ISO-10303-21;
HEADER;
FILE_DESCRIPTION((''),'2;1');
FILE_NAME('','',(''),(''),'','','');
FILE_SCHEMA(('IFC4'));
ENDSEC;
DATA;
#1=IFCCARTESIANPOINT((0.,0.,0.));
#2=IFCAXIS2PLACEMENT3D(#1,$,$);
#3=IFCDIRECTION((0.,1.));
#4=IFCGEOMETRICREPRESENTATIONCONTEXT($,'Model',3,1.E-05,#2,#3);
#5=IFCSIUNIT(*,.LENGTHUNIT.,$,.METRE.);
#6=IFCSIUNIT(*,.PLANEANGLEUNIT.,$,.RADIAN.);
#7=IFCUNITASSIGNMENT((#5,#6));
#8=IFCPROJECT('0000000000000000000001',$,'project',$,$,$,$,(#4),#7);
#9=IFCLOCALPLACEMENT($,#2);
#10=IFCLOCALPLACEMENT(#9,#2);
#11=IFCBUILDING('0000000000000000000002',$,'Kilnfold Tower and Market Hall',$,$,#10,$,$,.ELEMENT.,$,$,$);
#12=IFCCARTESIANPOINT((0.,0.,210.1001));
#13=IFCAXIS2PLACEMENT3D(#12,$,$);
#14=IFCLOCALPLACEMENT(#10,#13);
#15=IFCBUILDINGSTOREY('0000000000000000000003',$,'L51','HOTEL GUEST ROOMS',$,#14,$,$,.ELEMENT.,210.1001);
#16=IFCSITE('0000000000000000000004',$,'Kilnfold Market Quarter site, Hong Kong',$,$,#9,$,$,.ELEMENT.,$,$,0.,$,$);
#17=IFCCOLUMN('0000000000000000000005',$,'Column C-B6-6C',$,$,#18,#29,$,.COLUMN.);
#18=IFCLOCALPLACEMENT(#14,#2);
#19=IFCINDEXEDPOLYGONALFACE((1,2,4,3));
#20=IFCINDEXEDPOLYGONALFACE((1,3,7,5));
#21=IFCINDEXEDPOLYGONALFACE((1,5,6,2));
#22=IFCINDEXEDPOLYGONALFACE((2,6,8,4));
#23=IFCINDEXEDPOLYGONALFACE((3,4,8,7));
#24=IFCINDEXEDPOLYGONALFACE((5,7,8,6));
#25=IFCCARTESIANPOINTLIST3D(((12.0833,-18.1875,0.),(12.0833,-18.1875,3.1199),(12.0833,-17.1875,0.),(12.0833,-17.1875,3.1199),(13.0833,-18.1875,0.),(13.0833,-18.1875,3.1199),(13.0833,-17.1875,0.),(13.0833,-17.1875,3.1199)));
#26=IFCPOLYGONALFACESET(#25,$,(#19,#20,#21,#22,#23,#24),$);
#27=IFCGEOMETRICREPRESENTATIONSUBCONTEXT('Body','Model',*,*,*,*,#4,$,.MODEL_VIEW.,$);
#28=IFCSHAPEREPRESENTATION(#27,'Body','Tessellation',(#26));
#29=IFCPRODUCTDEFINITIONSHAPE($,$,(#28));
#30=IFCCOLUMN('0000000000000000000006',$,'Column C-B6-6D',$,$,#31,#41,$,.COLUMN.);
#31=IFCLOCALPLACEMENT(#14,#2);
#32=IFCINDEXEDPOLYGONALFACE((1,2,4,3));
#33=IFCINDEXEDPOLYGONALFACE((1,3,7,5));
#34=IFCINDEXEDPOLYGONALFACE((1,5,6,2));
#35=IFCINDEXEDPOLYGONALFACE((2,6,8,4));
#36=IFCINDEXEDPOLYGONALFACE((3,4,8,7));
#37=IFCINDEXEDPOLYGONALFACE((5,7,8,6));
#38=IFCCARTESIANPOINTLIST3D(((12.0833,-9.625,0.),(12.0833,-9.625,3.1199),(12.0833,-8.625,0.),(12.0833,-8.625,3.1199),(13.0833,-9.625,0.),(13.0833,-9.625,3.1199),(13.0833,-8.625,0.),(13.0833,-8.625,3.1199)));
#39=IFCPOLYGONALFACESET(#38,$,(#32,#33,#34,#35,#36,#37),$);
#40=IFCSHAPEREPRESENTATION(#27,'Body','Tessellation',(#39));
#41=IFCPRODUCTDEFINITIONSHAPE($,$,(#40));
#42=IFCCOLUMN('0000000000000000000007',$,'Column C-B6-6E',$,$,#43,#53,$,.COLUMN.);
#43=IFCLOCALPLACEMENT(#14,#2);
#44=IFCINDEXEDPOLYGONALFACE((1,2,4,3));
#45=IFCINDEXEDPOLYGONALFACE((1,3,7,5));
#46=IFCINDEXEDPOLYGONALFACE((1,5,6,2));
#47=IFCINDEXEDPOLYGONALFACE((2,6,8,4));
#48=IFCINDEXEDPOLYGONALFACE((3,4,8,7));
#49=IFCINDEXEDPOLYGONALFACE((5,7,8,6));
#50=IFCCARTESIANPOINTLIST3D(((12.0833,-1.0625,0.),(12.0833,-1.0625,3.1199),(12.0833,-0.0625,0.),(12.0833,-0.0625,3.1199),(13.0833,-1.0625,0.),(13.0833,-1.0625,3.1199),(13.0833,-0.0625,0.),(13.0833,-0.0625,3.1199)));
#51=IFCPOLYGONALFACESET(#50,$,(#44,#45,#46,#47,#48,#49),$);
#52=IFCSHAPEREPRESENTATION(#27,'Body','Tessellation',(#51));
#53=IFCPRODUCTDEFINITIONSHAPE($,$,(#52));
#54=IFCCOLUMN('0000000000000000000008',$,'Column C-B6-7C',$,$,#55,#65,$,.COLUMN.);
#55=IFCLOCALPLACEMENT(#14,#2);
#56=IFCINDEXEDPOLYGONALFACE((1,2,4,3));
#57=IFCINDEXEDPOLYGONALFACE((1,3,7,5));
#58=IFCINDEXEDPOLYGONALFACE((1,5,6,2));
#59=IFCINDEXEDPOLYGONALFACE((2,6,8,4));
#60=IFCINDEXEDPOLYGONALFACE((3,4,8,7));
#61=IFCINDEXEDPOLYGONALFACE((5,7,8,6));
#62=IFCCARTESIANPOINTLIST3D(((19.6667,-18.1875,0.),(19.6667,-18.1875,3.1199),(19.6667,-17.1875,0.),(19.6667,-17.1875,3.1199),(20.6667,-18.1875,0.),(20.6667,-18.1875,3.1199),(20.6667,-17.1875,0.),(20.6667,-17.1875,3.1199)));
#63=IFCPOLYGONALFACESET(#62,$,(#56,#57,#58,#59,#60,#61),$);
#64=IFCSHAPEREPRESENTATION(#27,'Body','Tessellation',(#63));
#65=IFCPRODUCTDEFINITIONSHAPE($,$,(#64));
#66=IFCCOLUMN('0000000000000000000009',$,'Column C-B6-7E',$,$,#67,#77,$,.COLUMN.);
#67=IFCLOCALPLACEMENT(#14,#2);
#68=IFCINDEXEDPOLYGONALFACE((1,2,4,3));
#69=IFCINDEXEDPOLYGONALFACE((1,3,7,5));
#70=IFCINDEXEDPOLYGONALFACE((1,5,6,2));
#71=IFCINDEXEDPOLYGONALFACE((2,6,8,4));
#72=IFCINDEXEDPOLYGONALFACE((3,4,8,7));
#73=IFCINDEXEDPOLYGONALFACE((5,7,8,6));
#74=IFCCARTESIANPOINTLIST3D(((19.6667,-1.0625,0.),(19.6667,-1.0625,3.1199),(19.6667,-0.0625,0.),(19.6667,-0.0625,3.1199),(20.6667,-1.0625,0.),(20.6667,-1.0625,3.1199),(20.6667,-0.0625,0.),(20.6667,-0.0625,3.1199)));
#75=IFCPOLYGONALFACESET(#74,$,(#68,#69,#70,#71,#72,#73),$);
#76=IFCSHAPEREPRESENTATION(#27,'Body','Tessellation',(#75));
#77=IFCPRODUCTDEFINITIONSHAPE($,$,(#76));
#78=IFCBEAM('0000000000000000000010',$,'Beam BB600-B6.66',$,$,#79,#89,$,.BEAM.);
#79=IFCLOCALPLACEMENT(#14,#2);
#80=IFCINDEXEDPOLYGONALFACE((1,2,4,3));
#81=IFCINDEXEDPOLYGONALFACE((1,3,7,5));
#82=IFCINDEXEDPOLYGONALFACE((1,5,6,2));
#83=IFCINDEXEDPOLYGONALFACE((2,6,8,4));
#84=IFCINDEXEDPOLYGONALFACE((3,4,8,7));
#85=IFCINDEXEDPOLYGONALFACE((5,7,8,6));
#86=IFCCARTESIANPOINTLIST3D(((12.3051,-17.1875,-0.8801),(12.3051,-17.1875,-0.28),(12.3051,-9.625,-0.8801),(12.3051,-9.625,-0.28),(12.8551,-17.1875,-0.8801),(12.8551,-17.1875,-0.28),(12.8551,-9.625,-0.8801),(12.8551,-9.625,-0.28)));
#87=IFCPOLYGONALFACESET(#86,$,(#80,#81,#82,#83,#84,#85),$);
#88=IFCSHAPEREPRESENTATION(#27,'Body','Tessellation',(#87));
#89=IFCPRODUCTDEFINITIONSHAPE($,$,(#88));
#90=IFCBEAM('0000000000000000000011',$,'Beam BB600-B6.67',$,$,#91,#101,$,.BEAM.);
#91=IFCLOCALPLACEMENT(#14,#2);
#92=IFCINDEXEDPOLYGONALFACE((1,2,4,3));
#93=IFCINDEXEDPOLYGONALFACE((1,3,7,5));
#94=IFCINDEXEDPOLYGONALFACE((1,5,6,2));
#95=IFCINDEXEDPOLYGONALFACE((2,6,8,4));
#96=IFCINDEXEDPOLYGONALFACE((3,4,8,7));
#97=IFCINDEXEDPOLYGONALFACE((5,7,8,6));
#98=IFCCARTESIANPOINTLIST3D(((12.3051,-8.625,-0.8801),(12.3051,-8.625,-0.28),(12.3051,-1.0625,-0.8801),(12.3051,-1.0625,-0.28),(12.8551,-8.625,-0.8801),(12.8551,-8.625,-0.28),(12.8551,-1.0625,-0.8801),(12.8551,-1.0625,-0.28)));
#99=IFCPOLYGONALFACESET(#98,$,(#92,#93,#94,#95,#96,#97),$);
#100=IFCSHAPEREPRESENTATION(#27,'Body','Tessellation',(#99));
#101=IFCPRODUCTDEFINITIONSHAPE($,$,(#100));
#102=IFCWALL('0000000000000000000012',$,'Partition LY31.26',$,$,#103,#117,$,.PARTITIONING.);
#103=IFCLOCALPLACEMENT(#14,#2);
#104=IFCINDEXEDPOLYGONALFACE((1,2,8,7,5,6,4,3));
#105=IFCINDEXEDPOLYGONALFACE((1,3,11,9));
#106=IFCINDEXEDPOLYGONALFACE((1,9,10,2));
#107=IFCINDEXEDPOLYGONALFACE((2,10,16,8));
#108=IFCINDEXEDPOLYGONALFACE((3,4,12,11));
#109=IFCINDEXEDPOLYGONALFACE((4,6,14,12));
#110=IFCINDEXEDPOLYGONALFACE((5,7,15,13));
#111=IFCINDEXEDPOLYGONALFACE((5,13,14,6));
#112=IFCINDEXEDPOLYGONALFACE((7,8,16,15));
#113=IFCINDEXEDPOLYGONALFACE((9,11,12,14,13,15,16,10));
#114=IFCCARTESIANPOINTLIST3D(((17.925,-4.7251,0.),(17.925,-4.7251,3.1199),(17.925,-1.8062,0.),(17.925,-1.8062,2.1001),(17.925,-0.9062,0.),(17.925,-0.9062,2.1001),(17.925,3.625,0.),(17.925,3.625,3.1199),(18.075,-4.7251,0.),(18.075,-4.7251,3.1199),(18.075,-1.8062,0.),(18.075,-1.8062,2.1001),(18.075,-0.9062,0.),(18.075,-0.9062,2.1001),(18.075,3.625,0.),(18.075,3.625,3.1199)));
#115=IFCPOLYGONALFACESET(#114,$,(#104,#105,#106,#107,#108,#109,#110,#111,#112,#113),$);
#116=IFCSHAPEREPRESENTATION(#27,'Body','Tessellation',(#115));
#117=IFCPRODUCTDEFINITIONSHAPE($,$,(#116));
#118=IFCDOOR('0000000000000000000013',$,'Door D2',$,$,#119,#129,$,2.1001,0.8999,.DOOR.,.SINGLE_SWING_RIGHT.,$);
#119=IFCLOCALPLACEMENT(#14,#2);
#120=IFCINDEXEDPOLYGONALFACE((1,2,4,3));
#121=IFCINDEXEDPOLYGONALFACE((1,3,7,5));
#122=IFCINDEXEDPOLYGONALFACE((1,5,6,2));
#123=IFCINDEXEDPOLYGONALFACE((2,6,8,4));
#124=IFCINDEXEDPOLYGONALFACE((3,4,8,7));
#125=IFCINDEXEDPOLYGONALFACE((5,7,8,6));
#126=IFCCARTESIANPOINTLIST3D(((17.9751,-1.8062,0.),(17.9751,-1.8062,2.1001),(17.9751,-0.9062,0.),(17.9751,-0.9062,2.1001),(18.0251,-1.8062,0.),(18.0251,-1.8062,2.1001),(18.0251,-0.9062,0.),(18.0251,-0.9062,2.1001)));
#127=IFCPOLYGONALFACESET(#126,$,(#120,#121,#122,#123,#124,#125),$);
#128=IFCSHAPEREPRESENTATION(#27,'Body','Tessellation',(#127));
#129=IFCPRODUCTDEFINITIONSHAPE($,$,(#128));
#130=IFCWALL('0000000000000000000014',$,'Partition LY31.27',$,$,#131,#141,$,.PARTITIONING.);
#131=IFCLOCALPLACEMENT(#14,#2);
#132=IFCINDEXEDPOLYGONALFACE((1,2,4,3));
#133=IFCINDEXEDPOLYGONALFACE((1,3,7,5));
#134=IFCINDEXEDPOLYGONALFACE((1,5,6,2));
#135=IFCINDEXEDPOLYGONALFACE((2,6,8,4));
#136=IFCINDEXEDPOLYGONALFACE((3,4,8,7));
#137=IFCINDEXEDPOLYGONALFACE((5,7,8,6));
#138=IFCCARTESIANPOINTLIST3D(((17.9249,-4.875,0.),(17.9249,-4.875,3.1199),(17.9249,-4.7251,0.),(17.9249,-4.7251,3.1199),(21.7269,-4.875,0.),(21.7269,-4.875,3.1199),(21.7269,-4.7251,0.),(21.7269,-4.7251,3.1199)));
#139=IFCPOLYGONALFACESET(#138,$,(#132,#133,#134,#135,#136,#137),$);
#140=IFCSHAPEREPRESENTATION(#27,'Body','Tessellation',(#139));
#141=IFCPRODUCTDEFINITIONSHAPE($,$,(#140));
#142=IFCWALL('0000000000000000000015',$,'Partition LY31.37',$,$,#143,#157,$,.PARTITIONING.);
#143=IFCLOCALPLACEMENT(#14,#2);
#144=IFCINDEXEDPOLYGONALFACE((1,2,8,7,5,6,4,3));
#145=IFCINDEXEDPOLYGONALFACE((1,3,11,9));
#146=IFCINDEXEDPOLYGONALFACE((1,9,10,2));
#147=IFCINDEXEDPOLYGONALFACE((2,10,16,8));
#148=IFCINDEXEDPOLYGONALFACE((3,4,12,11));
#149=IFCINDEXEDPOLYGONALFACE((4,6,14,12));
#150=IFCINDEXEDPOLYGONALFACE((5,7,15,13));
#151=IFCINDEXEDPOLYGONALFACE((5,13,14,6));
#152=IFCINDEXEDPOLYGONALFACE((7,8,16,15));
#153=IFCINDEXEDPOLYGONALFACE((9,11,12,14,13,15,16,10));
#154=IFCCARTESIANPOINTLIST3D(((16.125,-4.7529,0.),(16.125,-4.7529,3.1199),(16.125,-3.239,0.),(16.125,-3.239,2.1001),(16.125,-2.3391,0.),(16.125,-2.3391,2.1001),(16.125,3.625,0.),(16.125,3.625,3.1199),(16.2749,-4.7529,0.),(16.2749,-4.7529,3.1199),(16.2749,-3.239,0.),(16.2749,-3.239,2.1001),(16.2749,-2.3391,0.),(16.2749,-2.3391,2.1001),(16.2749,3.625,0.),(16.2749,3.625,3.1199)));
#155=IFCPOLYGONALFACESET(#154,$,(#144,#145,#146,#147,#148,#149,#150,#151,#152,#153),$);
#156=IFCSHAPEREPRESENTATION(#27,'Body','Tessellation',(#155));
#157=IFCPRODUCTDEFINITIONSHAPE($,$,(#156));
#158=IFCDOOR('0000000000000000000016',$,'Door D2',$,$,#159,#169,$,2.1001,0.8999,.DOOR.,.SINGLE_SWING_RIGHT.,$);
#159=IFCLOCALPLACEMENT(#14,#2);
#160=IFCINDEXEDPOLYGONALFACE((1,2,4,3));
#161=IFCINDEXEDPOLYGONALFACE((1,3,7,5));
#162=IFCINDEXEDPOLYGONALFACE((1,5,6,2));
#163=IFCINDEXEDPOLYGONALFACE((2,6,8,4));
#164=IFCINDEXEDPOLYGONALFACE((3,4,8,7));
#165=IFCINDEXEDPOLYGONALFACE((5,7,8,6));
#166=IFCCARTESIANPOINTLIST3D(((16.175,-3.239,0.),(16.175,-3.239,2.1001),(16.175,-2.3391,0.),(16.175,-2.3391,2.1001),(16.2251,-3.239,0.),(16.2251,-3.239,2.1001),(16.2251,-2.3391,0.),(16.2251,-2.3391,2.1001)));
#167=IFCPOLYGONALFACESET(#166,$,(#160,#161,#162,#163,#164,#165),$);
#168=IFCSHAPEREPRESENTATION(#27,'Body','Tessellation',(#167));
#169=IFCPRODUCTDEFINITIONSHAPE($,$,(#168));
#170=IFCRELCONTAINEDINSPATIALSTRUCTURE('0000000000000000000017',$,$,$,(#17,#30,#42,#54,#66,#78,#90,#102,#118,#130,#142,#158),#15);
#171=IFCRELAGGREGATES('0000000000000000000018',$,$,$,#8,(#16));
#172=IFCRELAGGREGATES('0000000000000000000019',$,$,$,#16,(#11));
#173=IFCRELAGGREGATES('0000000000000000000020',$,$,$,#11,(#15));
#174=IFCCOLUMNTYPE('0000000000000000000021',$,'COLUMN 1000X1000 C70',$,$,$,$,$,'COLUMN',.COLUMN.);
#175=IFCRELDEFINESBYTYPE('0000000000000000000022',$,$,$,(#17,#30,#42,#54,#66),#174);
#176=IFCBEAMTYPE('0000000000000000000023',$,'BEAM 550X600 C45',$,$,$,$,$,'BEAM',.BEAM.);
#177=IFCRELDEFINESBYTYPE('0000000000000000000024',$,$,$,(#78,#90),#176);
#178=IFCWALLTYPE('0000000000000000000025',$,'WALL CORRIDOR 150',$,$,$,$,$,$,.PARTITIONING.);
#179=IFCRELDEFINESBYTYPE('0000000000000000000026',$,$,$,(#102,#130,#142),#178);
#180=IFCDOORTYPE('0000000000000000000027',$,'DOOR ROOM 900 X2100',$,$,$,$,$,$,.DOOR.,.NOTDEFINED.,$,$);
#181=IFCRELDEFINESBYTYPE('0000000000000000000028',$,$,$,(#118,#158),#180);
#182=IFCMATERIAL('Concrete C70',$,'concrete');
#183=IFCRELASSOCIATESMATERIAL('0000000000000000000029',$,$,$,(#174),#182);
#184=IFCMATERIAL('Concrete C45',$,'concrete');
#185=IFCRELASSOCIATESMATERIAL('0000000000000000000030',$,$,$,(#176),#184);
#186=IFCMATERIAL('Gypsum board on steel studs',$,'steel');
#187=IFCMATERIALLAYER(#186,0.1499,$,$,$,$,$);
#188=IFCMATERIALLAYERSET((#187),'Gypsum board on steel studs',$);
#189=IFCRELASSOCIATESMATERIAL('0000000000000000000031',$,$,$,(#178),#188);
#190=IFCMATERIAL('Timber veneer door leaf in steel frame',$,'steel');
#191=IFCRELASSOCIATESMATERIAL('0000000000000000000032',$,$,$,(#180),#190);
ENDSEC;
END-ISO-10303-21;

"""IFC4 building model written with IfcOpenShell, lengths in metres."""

from ifc_helpers import new_model, si_unit, direction, frame, frame_2d, origin, origin_2d, place, context, subcontext, project, spatial, rectangle, extrude, source, transform, mapped, material, layer, layer_set, material_profile, profile_set, type_object, element, fill, save


model = new_model("IFC4")

# Units and contexts
model_context = context("Model", 3, precision=1e-05, world=origin(), true_north=direction((0.0, 1.0)))
body_context = subcontext(model_context, "Body", "Model", "MODEL_VIEW")
ifc_project = project(units=[si_unit("LENGTHUNIT", "METRE"), si_unit("PLANEANGLEUNIT", "RADIAN")], contexts=[model_context])

# Site, building, storey
site_placement = place(None, origin())
site = spatial("IfcSite", under=ifc_project, at=site_placement, Name="Kilnfold Market Quarter site, Hong Kong", CompositionType="ELEMENT", RefElevation=0.0)
building_placement = place(site_placement, origin())
building = spatial("IfcBuilding", under=site, at=building_placement, Name="Kilnfold Tower and Market Hall", CompositionType="ELEMENT")
storey_placement = place(building_placement, frame((0.0, 0.0, 210.1001)))
storey = spatial("IfcBuildingStorey", under=building, at=storey_placement, Name="L51", Description="HOTEL GUEST ROOMS", CompositionType="ELEMENT", Elevation=210.1001)

# Columns
ifc_material_1 = material(Name="Concrete C70", Category="concrete")
ifc_material_profile_1 = material_profile(ifc_material_1, rectangle(XDim=1.0, YDim=1.0, at=origin_2d()), Name="RC 1000x1000")
ifc_profile_set_1 = profile_set([ifc_material_profile_1], Name="Concrete C70")
column_type = type_object("IfcColumnType", Name="COLUMN 1000X1000 C70", ElementType="COLUMN", PredefinedType="COLUMN", material=ifc_profile_set_1)
shared_shape_1 = source(origin(), body_context, "Body", "SweptSolid", [
    extrude(rectangle(XDim=1.0, YDim=1.0, at=origin_2d()), origin(), (0.0, 0.0, 1.0), 3.1199),
])
for number, where, z_axis, x_axis, name in (
    (1, (12.5833, -17.6875, 0.0), (0.0, 0.0, 1.0), (1.0, 0.0, 0.0), "Column C-B6-6C"),
    (2, (12.5833, -9.125, 0.0), (0.0, 0.0, 1.0), (1.0, 0.0, 0.0), "Column C-B6-6D"),
    (3, (12.5833, -0.5625, 0.0), (0.0, 0.0, 1.0), (1.0, 0.0, 0.0), "Column C-B6-6E"),
    (4, (20.1667, -17.6875, 0.0), (0.0, 0.0, 1.0), (1.0, 0.0, 0.0), "Column C-B6-7C"),
    (5, (20.1667, -0.5625, 0.0), (0.0, 0.0, 1.0), (1.0, 0.0, 0.0), "Column C-B6-7E"),
):
    element("IfcColumn", number, at=place(storey_placement, frame(where, z_axis=z_axis, x_axis=x_axis)), inside=storey, type_object=column_type, Name=name, PredefinedType="COLUMN", context=body_context, shape_type="MappedRepresentation", body=[
        mapped(shared_shape_1, transform((0.0, 0.0, 0.0))),
    ])

# Beams
ifc_material_2 = material(Name="Concrete C45", Category="concrete")
ifc_material_profile_2 = material_profile(ifc_material_2, rectangle(XDim=0.55, YDim=0.6001, at=origin_2d()), Name="RC 550x600")
ifc_profile_set_2 = profile_set([ifc_material_profile_2], Name="Concrete C45")
beam_type = type_object("IfcBeamType", Name="BEAM 550X600 C45", ElementType="BEAM", PredefinedType="BEAM", material=ifc_profile_set_2)
shared_shape_2 = source(origin(), body_context, "Body", "SweptSolid", [
    extrude(rectangle(XDim=0.55, YDim=0.6001, at=origin_2d()), origin(), (0.0, 0.0, 1.0), 7.5625),
])
for number, where, z_axis, x_axis, name in (
    (6, (12.5801, -17.1875, -0.5801), (0.0, 1.0, 0.0), (-1.0, 0.0, 0.0), "Beam BB600-B6.66"),
    (7, (12.5801, -8.625, -0.5801), (0.0, 1.0, 0.0), (-1.0, 0.0, 0.0), "Beam BB600-B6.67"),
):
    element("IfcBeam", number, at=place(storey_placement, frame(where, z_axis=z_axis, x_axis=x_axis)), inside=storey, type_object=beam_type, Name=name, PredefinedType="BEAM", context=body_context, shape_type="MappedRepresentation", body=[
        mapped(shared_shape_2, transform((0.0, 0.0, 0.0))),
    ])

# Wall, opening, door
ifc_material_3 = material(Name="Gypsum board on steel studs", Category="steel")
ifc_layer_1 = layer(ifc_material_3, 0.1499)
ifc_layer_set_1 = layer_set([ifc_layer_1], Name="Gypsum board on steel studs")
wall_type_1 = type_object("IfcWallType", Name="WALL CORRIDOR 150", PredefinedType="PARTITIONING", material=ifc_layer_set_1)
wall_1_placement = place(storey_placement, frame((18.0, -4.7251, 0.0), z_axis=(0.0, 0.0, 1.0), x_axis=(0.0, 1.0, 0.0)))
wall_1 = element("IfcWall", 8, at=wall_1_placement, inside=storey, type_object=wall_type_1, Name="Partition LY31.26", PredefinedType="PARTITIONING", context=body_context, shape_type="SweptSolid", body=[
    extrude(rectangle(XDim=8.3501, YDim=0.1499, at=frame_2d((4.175, 0.0))), origin(), (0.0, 0.0, 1.0), 3.1199),
])
opening_1_placement = place(wall_1_placement, frame((2.9189, 0.0, 0.0)))
opening_1 = element("IfcOpeningElement", 9, at=opening_1_placement, cuts=wall_1, PredefinedType="OPENING", context=body_context, shape_type="SweptSolid", body=[
    extrude(rectangle(XDim=0.8999, YDim=2.1001, at=frame_2d((0.45, 1.05))), frame((0.0, 0.085, 0.0), z_axis=(0.0, -1.0, 0.0), x_axis=(1.0, 0.0, 0.0)), (0.0, 0.0, 1.0), 0.1699),
])
ifc_material_4 = material(Name="Timber veneer door leaf in steel frame", Category="steel")
door_type_1 = type_object("IfcDoorType", Name="DOOR ROOM 900 X2100", OperationType="NOTDEFINED", PredefinedType="DOOR", material=ifc_material_4)
door_1_placement = place(opening_1_placement, origin())
door_1 = element("IfcDoor", 10, at=door_1_placement, inside=storey, type_object=door_type_1, Name="Door D2", OperationType="SINGLE_SWING_RIGHT", OverallHeight=2.1001, OverallWidth=0.8999, PredefinedType="DOOR", context=body_context, shape_type="SweptSolid", body=[
    extrude(rectangle(XDim=0.8999, YDim=2.1001, at=frame_2d((0.45, 1.05))), frame((0.0, 0.0249, 0.0), z_axis=(0.0, -1.0, 0.0), x_axis=(1.0, 0.0, 0.0)), (0.0, 0.0, 1.0), 0.05),
])
fill(opening_1, door_1)

# Wall
wall_2_placement = place(storey_placement, frame((17.925, -4.8, 0.0), z_axis=(0.0, 0.0, 1.0), x_axis=(1.0, 0.0, 0.0)))
element("IfcWall", 11, at=wall_2_placement, inside=storey, type_object=wall_type_1, Name="Partition LY31.27", PredefinedType="PARTITIONING", context=body_context, shape_type="SweptSolid", body=[
    extrude(rectangle(XDim=3.802, YDim=0.1499, at=frame_2d((1.9009, 0.0))), origin(), (0.0, 0.0, 1.0), 3.1199),
])

# Wall, opening, door
wall_3_placement = place(storey_placement, frame((16.2, -4.7529, 0.0), z_axis=(0.0, 0.0, 1.0), x_axis=(0.0, 1.0, 0.0)))
wall_3 = element("IfcWall", 12, at=wall_3_placement, inside=storey, type_object=wall_type_1, Name="Partition LY31.37", PredefinedType="PARTITIONING", context=body_context, shape_type="SweptSolid", body=[
    extrude(rectangle(XDim=8.3779, YDim=0.1499, at=frame_2d((4.189, 0.0))), origin(), (0.0, 0.0, 1.0), 3.1199),
])
opening_2_placement = place(wall_3_placement, frame((1.5139, 0.0, 0.0)))
opening_2 = element("IfcOpeningElement", 13, at=opening_2_placement, cuts=wall_3, PredefinedType="OPENING", context=body_context, shape_type="SweptSolid", body=[
    extrude(rectangle(XDim=0.8999, YDim=2.1001, at=frame_2d((0.45, 1.05))), frame((0.0, 0.085, 0.0), z_axis=(0.0, -1.0, 0.0), x_axis=(1.0, 0.0, 0.0)), (0.0, 0.0, 1.0), 0.1699),
])
door_2_placement = place(opening_2_placement, origin())
door_2 = element("IfcDoor", 14, at=door_2_placement, inside=storey, type_object=door_type_1, Name="Door D2", OperationType="SINGLE_SWING_RIGHT", OverallHeight=2.1001, OverallWidth=0.8999, PredefinedType="DOOR", context=body_context, shape_type="SweptSolid", body=[
    extrude(rectangle(XDim=0.8999, YDim=2.1001, at=frame_2d((0.45, 1.05))), frame((0.0, 0.0249, 0.0), z_axis=(0.0, -1.0, 0.0), x_axis=(1.0, 0.0, 0.0)), (0.0, 0.0, 1.0), 0.05),
])
fill(opening_2, door_2)

save(model, "model.ifc")
